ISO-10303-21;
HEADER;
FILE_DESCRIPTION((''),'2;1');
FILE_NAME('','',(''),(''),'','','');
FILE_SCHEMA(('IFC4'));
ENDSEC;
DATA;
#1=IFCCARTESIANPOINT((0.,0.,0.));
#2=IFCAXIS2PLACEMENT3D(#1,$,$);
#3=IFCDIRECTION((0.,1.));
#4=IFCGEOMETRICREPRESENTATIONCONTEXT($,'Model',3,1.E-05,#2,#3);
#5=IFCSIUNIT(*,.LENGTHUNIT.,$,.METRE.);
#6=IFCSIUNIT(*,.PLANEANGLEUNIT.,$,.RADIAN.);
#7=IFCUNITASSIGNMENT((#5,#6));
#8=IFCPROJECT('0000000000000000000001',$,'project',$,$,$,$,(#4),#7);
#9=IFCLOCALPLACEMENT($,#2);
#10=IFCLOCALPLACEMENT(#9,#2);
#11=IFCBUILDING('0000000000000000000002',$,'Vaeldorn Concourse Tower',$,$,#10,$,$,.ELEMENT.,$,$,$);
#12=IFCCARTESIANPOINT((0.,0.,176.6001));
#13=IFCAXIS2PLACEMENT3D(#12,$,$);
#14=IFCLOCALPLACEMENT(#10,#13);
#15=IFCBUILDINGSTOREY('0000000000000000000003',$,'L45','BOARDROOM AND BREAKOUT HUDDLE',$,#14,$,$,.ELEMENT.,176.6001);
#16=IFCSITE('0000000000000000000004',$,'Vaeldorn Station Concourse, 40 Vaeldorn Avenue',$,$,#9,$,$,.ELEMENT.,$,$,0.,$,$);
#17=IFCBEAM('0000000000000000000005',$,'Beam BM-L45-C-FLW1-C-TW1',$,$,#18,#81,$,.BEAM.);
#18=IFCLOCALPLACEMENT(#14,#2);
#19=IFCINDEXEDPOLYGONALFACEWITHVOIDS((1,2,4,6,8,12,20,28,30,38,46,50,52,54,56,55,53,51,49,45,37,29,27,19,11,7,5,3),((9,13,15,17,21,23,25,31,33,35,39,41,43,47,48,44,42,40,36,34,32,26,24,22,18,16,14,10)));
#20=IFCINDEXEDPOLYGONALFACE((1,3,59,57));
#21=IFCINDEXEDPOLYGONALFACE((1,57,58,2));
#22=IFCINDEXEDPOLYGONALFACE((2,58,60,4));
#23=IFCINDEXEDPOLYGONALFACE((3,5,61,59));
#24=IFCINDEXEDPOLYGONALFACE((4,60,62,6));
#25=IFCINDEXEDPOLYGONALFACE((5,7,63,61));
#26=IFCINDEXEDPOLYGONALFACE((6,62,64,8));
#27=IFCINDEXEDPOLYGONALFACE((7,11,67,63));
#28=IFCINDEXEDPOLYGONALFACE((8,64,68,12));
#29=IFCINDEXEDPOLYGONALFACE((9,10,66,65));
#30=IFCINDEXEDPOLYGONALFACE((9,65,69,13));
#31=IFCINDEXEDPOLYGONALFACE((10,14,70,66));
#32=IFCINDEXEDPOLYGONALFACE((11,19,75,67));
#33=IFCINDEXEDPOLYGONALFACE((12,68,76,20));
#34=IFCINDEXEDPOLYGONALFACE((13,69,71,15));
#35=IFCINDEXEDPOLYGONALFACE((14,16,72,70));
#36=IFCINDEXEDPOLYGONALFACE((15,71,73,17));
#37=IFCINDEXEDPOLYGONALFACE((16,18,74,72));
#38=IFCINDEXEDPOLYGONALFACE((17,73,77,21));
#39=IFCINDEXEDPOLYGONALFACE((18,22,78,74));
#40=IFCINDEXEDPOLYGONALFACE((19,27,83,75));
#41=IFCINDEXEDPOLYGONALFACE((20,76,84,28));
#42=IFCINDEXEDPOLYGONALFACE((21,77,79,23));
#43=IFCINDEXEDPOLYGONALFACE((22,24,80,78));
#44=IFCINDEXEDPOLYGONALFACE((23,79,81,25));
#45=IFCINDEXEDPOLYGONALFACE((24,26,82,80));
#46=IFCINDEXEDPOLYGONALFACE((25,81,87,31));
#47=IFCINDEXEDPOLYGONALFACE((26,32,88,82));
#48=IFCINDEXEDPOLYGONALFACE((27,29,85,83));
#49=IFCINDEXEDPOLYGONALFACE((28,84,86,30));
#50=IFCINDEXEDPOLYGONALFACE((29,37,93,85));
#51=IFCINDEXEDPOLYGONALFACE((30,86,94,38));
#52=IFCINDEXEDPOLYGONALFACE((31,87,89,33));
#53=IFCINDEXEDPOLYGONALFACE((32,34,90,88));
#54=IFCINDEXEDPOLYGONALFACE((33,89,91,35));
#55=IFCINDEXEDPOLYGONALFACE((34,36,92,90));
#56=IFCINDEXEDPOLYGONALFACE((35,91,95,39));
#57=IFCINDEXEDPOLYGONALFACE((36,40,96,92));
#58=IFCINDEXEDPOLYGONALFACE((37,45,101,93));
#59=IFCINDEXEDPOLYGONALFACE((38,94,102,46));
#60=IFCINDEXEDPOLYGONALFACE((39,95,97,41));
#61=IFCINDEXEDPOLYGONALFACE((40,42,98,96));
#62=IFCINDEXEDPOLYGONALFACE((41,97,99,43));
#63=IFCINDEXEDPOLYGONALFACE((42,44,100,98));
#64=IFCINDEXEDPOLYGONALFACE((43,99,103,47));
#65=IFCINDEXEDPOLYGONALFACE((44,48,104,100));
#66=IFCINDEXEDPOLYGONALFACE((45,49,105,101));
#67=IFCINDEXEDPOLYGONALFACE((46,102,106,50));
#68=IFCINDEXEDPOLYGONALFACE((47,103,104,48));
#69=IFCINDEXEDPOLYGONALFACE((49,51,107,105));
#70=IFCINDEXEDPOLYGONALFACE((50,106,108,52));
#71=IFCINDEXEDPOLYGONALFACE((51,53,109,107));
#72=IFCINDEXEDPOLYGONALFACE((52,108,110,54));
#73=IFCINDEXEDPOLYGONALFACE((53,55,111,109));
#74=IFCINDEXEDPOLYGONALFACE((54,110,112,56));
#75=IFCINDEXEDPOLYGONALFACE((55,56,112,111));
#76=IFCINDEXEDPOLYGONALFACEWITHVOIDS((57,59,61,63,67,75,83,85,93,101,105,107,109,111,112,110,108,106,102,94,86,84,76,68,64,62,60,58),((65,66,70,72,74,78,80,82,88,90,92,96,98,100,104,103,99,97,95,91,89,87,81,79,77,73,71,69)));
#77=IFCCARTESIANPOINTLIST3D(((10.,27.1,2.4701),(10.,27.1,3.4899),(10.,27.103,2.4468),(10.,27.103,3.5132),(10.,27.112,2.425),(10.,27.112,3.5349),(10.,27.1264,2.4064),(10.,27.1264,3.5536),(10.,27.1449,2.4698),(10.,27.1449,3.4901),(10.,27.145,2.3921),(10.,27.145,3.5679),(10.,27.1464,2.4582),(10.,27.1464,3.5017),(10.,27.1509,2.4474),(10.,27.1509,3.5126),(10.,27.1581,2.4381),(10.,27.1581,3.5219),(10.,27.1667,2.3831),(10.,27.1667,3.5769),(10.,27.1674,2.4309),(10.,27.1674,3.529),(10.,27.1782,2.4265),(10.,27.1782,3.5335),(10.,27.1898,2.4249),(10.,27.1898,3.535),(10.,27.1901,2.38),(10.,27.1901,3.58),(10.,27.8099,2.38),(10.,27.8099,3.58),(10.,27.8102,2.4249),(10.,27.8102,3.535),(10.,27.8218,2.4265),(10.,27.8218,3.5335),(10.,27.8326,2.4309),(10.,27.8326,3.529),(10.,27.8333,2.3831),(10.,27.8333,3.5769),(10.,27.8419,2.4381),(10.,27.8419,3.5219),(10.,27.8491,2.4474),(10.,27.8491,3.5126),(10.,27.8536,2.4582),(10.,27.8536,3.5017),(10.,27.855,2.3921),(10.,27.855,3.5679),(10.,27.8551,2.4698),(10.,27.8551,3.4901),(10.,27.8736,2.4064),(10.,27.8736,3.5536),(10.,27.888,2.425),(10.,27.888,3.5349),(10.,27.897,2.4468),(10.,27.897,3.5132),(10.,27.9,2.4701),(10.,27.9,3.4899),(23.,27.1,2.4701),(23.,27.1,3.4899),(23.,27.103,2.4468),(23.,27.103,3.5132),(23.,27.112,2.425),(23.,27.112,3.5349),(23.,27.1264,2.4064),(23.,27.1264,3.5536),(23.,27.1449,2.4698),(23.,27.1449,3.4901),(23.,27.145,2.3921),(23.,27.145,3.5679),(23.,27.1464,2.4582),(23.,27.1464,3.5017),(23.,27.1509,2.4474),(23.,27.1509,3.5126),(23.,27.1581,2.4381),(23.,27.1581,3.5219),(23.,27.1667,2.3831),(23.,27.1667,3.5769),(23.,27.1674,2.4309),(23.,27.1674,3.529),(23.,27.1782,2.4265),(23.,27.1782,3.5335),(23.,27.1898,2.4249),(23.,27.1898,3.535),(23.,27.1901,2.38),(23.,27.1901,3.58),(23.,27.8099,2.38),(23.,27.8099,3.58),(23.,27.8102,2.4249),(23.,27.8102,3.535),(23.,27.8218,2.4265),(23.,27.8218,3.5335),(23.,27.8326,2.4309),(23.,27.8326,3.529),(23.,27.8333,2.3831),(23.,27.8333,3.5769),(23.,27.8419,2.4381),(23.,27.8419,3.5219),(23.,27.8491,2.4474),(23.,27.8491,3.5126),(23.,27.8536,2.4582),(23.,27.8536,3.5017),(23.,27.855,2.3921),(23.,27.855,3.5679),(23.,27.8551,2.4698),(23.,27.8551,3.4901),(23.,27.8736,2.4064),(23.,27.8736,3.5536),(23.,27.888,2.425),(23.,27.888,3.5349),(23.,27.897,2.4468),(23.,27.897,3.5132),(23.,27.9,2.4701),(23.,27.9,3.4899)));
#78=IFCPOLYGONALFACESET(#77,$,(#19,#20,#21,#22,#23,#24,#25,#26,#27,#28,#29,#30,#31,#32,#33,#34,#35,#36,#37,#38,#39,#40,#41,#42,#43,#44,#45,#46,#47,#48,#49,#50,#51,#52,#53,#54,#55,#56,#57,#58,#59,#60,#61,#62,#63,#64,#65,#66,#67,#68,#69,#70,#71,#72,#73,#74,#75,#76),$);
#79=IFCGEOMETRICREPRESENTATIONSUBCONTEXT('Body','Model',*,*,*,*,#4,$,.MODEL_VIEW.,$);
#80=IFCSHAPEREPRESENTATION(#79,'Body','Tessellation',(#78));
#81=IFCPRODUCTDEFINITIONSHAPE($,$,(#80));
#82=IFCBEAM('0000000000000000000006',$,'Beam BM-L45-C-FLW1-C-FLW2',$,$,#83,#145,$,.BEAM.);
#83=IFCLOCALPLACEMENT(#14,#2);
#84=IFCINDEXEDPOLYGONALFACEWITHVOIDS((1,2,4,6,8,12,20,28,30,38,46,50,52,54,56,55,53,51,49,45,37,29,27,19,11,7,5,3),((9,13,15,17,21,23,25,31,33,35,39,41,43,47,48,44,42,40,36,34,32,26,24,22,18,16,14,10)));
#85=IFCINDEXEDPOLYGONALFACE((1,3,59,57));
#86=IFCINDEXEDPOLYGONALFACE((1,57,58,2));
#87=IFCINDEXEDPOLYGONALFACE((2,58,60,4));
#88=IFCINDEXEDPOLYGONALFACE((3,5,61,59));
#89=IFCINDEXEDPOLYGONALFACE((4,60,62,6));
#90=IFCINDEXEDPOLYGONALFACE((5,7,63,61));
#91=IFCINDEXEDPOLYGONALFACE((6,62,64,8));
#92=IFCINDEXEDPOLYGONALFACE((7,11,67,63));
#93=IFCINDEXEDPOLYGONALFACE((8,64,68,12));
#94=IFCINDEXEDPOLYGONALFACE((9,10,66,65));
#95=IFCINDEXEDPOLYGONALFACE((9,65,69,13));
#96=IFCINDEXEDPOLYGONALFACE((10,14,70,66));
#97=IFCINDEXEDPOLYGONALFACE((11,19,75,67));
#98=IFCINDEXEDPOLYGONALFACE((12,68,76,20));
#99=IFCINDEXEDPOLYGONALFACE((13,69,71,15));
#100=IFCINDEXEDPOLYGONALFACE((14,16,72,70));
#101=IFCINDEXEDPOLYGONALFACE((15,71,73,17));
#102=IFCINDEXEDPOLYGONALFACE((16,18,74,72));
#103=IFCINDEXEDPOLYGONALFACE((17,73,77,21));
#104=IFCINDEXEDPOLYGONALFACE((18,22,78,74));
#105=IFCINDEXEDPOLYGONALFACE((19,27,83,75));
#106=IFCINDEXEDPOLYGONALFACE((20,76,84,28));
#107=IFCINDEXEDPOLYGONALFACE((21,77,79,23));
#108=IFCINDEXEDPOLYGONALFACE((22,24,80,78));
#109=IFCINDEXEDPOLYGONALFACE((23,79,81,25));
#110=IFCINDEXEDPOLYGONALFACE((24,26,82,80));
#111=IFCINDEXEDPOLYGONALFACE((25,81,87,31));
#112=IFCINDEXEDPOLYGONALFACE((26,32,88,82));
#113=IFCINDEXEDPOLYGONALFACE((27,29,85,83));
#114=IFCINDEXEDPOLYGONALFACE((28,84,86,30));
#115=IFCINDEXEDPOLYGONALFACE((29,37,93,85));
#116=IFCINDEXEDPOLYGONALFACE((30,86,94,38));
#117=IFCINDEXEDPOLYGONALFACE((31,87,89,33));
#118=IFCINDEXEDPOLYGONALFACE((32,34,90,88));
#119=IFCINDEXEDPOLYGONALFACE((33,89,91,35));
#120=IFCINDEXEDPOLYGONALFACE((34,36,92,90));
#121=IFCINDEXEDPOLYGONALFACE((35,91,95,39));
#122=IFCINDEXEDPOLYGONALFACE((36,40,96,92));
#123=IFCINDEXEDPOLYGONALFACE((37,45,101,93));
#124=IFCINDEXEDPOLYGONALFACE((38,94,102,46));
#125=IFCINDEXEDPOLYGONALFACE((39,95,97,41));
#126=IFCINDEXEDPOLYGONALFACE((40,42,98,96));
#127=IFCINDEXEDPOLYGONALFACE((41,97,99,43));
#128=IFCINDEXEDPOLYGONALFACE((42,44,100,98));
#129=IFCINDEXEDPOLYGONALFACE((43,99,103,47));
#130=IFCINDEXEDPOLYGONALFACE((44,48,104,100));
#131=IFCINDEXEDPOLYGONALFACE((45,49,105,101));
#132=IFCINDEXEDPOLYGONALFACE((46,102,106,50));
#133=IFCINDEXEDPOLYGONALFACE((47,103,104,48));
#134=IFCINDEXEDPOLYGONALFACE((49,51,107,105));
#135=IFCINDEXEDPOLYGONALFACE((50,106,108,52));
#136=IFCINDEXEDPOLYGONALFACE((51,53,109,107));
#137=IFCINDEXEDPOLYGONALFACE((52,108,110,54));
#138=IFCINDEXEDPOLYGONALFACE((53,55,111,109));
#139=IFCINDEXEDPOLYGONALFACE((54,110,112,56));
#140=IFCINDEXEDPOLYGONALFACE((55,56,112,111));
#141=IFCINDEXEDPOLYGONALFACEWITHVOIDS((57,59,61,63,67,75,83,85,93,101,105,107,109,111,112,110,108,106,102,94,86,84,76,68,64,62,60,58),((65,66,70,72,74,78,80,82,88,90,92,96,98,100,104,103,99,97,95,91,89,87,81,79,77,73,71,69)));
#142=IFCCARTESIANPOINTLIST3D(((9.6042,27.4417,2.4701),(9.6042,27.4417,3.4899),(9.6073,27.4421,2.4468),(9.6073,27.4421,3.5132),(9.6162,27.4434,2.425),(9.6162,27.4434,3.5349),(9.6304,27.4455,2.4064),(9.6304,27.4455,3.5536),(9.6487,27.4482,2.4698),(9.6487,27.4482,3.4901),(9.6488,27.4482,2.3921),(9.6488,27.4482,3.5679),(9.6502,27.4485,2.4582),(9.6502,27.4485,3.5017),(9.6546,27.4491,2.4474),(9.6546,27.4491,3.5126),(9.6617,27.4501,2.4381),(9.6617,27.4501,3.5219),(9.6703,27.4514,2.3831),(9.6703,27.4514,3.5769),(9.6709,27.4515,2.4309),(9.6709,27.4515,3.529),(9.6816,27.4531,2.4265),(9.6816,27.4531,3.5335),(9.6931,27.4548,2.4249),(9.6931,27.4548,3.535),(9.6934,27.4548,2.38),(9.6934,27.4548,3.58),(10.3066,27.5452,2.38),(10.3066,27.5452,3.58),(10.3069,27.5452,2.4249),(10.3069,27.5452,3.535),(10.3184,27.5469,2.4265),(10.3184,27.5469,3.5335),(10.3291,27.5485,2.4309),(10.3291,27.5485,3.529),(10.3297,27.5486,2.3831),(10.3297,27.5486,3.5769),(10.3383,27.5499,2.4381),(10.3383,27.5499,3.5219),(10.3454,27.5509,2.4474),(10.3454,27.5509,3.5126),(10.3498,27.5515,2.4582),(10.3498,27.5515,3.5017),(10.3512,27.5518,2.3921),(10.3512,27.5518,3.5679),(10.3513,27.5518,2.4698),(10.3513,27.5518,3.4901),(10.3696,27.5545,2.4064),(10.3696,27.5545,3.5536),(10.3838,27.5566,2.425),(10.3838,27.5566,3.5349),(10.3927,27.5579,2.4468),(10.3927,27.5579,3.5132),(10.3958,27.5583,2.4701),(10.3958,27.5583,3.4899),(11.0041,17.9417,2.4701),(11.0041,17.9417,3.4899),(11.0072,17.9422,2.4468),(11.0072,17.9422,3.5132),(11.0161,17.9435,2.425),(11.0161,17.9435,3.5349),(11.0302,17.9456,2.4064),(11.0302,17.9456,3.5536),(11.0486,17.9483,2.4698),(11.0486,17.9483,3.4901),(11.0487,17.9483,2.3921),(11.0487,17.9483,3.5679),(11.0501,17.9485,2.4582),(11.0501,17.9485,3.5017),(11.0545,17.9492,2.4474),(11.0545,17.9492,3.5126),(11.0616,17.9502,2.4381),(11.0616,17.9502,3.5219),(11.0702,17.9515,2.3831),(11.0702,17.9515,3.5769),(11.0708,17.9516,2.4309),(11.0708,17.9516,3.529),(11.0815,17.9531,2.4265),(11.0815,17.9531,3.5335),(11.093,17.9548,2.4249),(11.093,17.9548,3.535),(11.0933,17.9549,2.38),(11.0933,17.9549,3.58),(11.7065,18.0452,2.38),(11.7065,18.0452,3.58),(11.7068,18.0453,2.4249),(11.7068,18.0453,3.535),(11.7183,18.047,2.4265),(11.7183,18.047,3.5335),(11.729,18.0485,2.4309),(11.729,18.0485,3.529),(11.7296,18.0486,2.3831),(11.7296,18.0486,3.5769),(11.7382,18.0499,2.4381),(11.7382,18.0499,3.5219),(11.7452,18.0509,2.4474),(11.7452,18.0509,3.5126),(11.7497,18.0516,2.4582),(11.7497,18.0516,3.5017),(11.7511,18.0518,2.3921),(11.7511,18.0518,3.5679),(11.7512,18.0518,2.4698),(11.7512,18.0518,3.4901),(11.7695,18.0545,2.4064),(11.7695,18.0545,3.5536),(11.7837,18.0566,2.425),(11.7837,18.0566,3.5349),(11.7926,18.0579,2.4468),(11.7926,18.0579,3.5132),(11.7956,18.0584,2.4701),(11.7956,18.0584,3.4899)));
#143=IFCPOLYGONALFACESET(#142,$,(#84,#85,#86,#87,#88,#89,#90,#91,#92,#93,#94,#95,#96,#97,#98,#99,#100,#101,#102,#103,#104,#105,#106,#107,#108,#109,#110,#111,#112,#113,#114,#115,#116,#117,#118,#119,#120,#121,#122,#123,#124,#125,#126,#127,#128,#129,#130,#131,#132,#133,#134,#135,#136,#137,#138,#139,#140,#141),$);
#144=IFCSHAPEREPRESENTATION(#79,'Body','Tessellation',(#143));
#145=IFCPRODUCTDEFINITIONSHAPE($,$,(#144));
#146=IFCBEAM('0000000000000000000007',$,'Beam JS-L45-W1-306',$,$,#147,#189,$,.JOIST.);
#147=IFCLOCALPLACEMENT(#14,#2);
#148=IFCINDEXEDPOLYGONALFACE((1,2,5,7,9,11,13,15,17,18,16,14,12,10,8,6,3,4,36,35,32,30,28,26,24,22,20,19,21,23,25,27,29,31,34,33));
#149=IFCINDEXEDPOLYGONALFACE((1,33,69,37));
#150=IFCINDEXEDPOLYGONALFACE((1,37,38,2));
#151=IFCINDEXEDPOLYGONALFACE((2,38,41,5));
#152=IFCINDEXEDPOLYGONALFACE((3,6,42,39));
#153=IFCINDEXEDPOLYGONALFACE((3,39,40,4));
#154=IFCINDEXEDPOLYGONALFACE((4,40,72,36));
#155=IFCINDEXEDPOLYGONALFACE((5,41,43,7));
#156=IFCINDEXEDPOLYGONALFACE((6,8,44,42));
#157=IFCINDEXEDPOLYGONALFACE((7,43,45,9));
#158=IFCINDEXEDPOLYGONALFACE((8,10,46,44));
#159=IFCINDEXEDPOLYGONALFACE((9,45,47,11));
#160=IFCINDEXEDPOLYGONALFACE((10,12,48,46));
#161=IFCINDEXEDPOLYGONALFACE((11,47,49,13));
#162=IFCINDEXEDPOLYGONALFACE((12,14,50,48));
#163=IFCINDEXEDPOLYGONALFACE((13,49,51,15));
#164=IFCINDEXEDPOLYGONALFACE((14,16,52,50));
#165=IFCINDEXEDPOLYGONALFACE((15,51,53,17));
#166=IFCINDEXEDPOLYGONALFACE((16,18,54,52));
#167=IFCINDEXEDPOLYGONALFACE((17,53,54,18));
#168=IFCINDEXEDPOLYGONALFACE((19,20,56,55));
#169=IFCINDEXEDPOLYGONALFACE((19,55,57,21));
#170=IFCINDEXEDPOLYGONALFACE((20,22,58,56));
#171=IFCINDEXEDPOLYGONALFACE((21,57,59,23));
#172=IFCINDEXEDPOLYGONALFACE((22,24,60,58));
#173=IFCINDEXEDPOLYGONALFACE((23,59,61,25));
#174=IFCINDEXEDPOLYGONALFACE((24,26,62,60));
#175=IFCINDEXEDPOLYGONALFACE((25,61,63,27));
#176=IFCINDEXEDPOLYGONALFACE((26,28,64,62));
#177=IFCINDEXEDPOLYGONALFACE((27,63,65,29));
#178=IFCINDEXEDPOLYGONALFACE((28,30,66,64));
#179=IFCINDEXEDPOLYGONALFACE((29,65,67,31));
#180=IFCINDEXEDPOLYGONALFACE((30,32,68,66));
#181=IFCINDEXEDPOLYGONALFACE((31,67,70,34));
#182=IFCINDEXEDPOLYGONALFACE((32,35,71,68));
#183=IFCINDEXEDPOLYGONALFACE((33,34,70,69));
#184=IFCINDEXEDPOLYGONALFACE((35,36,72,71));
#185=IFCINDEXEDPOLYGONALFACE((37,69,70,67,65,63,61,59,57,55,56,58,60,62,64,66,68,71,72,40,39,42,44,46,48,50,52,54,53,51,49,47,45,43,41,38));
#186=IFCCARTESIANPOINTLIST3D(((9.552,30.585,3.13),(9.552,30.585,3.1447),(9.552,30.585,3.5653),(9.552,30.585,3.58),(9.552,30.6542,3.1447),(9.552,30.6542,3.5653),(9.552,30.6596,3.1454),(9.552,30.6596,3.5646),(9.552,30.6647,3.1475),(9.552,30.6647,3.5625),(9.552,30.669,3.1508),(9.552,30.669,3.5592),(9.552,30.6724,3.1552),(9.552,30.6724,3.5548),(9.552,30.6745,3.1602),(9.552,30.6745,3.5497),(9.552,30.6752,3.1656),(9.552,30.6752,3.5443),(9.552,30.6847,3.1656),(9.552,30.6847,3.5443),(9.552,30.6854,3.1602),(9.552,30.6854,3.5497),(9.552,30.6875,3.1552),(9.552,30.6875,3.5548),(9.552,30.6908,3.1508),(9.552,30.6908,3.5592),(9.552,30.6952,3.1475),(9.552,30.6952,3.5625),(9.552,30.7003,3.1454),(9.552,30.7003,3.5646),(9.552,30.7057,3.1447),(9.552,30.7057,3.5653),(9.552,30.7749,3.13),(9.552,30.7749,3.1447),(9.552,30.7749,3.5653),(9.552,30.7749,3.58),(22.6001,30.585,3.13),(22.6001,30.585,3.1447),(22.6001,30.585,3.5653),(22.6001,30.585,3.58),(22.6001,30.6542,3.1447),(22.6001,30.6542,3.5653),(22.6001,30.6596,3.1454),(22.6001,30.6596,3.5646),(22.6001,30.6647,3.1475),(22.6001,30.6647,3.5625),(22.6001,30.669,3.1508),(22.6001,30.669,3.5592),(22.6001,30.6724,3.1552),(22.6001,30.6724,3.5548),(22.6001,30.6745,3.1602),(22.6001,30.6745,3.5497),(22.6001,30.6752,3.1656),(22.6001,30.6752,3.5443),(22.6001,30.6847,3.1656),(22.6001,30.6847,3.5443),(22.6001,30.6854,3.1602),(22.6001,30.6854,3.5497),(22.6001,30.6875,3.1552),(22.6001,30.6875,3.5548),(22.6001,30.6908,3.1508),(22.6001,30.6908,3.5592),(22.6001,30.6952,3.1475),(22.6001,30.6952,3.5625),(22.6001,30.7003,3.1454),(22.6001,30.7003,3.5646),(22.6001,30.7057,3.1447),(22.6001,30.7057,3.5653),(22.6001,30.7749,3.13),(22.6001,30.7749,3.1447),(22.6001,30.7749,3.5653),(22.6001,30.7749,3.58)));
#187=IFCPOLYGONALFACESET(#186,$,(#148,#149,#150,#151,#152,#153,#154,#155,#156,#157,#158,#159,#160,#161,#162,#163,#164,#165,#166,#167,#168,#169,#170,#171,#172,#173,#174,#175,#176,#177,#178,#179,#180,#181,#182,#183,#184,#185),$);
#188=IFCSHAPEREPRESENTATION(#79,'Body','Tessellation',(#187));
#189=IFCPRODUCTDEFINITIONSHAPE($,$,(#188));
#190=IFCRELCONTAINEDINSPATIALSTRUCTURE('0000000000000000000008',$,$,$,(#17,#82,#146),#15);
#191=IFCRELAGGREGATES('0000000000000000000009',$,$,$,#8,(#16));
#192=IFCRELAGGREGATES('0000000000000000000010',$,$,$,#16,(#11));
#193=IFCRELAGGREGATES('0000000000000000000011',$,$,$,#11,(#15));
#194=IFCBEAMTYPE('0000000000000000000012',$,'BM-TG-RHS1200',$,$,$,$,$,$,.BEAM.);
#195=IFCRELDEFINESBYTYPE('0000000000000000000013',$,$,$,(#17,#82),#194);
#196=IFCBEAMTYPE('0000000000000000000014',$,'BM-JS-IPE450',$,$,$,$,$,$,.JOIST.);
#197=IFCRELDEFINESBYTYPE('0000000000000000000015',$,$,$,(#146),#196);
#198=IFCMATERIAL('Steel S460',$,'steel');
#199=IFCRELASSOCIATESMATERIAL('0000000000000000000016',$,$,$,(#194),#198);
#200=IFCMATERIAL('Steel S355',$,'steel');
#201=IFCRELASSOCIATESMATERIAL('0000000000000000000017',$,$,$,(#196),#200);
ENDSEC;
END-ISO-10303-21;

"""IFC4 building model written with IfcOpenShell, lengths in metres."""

from ifc_helpers import new_model, si_unit, direction, frame, origin, origin_2d, place, context, subcontext, project, spatial, hollow_rectangle, i_section, extrude, source, transform, mapped, material, material_profile, profile_set, type_object, element, save


model = new_model("IFC4")

# Units and contexts
model_context = context("Model", 3, precision=1e-05, world=origin(), true_north=direction((0.0, 1.0)))
body_context = subcontext(model_context, "Body", "Model", "MODEL_VIEW")
ifc_project = project(units=[si_unit("LENGTHUNIT", "METRE"), si_unit("PLANEANGLEUNIT", "RADIAN")], contexts=[model_context])

# Site, building, storey
site_placement = place(None, origin())
site = spatial("IfcSite", under=ifc_project, at=site_placement, Name="Vaeldorn Station Concourse, 40 Vaeldorn Avenue", CompositionType="ELEMENT", RefElevation=0.0)
building_placement = place(site_placement, origin())
building = spatial("IfcBuilding", under=site, at=building_placement, Name="Vaeldorn Concourse Tower", CompositionType="ELEMENT")
storey_placement = place(building_placement, frame((0.0, 0.0, 176.6001)))
storey = spatial("IfcBuildingStorey", under=building, at=storey_placement, Name="L45", Description="BOARDROOM AND BREAKOUT HUDDLE", CompositionType="ELEMENT", Elevation=176.6001)

# Beams
ifc_material_1 = material(Name="Steel S460", Category="steel")
ifc_material_profile_1 = material_profile(ifc_material_1, hollow_rectangle(XDim=0.8, YDim=1.2, WallThickness=0.0449, InnerFilletRadius=0.0449, OuterFilletRadius=0.0901, at=origin_2d()), Name="RHS 1200x800x45")
ifc_profile_set_1 = profile_set([ifc_material_profile_1], Name="Steel S460")
beam_type_1 = type_object("IfcBeamType", Name="BM-TG-RHS1200", PredefinedType="BEAM", material=ifc_profile_set_1)
shared_shape_1 = source(origin(), body_context, "Body", "SweptSolid", [
    extrude(hollow_rectangle(XDim=0.8, YDim=1.2, WallThickness=0.0449, InnerFilletRadius=0.0449, OuterFilletRadius=0.0901, at=origin_2d()), origin(), (0.0, 0.0, 1.0), 13.0),
])
beam_1_placement = place(storey_placement, frame((10.0, 27.5, 2.98), z_axis=(1.0, 0.0, 0.0), x_axis=(0.0, 1.0, 0.0)))
element("IfcBeam", 1, at=beam_1_placement, inside=storey, type_object=beam_type_1, Name="Beam BM-L45-C-FLW1-C-TW1", PredefinedType="BEAM", context=body_context, shape_type="MappedRepresentation", body=[
    mapped(shared_shape_1, transform((0.0, 0.0, 0.0), scale=1.0)),
])
shared_shape_2 = source(origin(), body_context, "Body", "SweptSolid", [
    extrude(hollow_rectangle(XDim=0.8, YDim=1.2, WallThickness=0.0449, InnerFilletRadius=0.0449, OuterFilletRadius=0.0901, at=origin_2d()), origin(), (0.0, 0.0, 1.0), 9.6025),
])
beam_2_placement = place(storey_placement, frame((10.0, 27.5, 2.98), z_axis=(0.145784, -0.989316, 0.0), x_axis=(0.989316, 0.145784, 0.0)))
element("IfcBeam", 2, at=beam_2_placement, inside=storey, type_object=beam_type_1, Name="Beam BM-L45-C-FLW1-C-FLW2", PredefinedType="BEAM", context=body_context, shape_type="MappedRepresentation", body=[
    mapped(shared_shape_2, transform((0.0, 0.0, 0.0), scale=1.0)),
])
ifc_material_2 = material(Name="Steel S355", Category="steel")
ifc_material_profile_2 = material_profile(ifc_material_2, i_section(OverallWidth=0.1899, OverallDepth=0.45, WebThickness=0.0095, FlangeThickness=0.0146, FilletRadius=0.021, at=origin_2d()), Name="IPE 450")
ifc_profile_set_2 = profile_set([ifc_material_profile_2], Name="Steel S355")
beam_type_2 = type_object("IfcBeamType", Name="BM-JS-IPE450", PredefinedType="JOIST", material=ifc_profile_set_2)
shared_shape_3 = source(origin(), body_context, "Body", "SweptSolid", [
    extrude(i_section(OverallWidth=0.1899, OverallDepth=0.45, WebThickness=0.0095, FlangeThickness=0.0146, FilletRadius=0.021, at=origin_2d()), origin(), (0.0, 0.0, 1.0), 13.0481),
])
beam_3_placement = place(storey_placement, frame((9.552, 30.6799, 3.355), z_axis=(1.0, 0.0, 0.0), x_axis=(0.0, 1.0, 0.0)))
element("IfcBeam", 3, at=beam_3_placement, inside=storey, type_object=beam_type_2, Name="Beam JS-L45-W1-306", PredefinedType="JOIST", context=body_context, shape_type="MappedRepresentation", body=[
    mapped(shared_shape_3, transform((0.0, 0.0, 0.0), scale=1.0)),
])

save(model, "model.ifc")
